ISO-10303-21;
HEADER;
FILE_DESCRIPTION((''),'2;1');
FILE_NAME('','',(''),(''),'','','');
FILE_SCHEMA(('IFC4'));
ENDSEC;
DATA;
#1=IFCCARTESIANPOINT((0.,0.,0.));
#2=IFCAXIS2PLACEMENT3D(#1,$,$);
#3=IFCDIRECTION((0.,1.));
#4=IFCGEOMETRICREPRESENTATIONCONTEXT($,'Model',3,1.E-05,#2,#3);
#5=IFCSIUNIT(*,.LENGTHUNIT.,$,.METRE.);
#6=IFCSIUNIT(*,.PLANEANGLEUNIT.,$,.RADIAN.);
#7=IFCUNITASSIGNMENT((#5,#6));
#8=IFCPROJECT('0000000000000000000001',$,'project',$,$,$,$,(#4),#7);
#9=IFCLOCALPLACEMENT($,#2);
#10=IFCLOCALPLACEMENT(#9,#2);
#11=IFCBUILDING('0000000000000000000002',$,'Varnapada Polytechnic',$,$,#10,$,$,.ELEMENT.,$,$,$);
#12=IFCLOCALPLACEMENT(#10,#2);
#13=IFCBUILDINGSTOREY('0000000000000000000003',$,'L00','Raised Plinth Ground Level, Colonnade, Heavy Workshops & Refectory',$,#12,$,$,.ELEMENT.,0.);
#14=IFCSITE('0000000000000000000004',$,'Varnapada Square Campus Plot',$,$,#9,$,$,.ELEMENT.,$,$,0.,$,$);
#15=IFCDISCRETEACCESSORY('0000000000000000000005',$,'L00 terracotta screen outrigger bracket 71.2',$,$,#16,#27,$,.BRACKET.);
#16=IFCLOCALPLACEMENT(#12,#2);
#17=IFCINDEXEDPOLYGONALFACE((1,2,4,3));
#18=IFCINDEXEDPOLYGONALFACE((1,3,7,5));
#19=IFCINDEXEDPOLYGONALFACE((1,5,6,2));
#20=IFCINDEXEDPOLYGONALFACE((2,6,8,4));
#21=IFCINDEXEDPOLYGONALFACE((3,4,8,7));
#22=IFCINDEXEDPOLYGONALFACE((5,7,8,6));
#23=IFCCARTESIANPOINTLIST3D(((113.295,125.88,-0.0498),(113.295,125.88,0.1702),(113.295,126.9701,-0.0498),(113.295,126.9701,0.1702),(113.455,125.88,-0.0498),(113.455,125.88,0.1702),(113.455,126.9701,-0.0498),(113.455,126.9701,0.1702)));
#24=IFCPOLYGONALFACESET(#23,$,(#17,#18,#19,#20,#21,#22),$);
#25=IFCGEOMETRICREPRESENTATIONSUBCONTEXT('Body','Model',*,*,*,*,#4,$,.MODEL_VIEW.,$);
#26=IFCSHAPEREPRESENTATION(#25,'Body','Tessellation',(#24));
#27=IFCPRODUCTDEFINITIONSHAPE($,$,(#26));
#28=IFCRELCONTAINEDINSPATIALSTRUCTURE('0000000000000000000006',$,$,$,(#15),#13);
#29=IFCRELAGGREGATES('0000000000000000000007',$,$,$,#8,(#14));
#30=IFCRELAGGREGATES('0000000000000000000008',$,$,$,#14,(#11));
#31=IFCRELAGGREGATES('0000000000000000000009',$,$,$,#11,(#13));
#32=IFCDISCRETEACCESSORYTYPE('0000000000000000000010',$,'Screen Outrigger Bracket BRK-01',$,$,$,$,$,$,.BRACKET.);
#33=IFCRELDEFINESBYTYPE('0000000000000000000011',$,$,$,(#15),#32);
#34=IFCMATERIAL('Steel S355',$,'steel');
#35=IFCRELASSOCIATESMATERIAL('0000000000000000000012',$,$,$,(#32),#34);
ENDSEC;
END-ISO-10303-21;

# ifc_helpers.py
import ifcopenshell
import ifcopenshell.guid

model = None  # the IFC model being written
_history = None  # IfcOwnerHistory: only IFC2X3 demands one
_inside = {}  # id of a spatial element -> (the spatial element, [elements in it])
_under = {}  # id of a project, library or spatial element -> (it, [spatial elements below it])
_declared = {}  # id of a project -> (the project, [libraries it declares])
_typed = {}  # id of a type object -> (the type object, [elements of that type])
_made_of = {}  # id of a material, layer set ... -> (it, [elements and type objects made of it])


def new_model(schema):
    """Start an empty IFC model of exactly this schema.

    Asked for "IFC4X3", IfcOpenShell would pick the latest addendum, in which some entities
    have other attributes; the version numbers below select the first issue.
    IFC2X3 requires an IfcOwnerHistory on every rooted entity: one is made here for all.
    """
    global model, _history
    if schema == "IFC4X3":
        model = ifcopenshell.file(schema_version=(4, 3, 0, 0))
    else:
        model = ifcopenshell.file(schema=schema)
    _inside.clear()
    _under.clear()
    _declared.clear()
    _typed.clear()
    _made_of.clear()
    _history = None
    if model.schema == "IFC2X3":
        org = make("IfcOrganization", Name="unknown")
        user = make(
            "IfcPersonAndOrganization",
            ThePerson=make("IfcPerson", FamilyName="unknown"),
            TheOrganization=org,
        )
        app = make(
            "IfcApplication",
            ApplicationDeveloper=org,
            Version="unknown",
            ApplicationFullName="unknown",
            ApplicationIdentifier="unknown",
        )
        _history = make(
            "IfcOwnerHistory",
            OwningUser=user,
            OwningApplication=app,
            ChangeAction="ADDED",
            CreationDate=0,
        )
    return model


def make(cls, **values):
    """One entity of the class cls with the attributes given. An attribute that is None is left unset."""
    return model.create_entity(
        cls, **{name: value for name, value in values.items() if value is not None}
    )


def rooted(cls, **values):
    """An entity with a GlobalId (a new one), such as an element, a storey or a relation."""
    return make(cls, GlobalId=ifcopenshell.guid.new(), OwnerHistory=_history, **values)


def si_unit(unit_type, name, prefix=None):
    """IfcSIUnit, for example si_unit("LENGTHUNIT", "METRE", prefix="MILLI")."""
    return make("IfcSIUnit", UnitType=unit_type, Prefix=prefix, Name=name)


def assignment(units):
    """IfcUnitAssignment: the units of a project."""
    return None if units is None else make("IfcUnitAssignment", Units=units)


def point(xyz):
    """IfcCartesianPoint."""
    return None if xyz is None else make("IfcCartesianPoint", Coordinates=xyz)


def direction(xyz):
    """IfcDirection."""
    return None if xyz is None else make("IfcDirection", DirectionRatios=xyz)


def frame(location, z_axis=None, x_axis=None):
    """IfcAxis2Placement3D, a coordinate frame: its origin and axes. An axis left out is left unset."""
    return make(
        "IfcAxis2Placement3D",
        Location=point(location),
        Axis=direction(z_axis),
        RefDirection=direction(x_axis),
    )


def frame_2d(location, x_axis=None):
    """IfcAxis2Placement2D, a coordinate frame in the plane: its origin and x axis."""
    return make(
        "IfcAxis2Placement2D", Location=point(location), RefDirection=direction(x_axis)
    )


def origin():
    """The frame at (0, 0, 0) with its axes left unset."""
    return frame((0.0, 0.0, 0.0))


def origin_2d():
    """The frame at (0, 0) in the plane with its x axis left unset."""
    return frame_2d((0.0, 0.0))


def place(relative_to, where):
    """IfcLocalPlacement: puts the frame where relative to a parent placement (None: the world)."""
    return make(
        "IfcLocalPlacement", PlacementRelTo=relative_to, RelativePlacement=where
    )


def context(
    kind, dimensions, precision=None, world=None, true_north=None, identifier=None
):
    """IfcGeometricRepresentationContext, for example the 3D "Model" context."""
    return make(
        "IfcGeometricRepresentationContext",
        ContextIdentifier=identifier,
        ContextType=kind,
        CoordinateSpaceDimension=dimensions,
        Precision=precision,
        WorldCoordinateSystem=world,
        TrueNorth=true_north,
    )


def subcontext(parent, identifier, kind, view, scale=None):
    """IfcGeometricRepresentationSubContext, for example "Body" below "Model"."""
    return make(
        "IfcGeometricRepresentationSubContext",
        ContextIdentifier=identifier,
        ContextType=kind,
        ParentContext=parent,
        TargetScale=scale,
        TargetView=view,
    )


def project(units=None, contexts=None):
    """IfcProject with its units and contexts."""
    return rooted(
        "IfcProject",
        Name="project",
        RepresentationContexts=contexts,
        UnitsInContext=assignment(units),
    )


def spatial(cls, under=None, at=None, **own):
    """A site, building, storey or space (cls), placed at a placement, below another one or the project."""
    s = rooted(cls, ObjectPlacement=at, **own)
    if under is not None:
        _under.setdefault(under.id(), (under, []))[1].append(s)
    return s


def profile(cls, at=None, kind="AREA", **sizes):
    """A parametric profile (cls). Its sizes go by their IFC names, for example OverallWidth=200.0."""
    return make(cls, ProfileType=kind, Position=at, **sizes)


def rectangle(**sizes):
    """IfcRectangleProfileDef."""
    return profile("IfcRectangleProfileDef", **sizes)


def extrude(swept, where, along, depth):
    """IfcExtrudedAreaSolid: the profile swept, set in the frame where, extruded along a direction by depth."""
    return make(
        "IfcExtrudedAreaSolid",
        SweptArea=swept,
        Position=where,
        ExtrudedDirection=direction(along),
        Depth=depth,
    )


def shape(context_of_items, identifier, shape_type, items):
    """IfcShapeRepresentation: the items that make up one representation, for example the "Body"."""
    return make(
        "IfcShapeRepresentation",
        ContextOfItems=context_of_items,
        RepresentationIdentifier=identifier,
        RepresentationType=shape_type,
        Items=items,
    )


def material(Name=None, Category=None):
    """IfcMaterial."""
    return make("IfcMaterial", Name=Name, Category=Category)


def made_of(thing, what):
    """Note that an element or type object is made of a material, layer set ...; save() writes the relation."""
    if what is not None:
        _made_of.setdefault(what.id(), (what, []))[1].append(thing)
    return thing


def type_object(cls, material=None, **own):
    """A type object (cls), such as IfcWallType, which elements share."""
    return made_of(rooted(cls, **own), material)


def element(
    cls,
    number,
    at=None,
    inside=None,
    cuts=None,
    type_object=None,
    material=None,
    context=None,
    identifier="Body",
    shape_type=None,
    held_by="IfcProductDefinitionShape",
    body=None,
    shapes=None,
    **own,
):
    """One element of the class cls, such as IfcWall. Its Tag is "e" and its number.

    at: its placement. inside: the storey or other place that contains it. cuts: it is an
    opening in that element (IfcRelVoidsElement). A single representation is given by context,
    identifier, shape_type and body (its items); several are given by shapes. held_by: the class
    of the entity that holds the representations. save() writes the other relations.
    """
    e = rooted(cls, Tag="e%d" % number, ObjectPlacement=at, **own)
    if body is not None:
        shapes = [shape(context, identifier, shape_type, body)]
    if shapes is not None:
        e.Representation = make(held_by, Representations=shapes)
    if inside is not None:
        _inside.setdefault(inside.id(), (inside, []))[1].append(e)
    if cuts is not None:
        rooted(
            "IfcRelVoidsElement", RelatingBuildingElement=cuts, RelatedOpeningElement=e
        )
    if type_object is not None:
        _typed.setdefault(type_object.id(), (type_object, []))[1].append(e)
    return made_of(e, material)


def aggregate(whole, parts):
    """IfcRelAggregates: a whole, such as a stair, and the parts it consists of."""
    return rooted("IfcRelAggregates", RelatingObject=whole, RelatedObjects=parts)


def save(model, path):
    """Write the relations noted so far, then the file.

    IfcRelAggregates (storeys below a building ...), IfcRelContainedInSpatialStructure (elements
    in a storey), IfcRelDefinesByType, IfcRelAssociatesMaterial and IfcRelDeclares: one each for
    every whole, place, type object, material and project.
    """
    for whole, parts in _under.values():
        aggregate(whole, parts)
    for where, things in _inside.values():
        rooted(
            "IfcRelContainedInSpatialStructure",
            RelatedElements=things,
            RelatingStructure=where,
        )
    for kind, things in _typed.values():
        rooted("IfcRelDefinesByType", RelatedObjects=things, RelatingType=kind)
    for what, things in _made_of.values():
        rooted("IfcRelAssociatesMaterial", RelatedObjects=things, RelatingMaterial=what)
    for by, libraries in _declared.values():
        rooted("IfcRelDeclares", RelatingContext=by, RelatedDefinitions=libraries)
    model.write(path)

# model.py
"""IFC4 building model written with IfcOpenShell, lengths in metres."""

from ifc_helpers import new_model, si_unit, direction, frame, origin, origin_2d, place, context, subcontext, project, spatial, rectangle, extrude, material, type_object, element, save


model = new_model("IFC4")

# Units and contexts
model_context = context("Model", 3, precision=1e-05, world=origin(), true_north=direction((0.0, 1.0)))
body_context = subcontext(model_context, "Body", "Model", "MODEL_VIEW")
ifc_project = project(units=[si_unit("LENGTHUNIT", "METRE"), si_unit("PLANEANGLEUNIT", "RADIAN")], contexts=[model_context])

# Site, building, storey
site_placement = place(None, origin())
site = spatial("IfcSite", under=ifc_project, at=site_placement, Name="Varnapada Square Campus Plot", CompositionType="ELEMENT", RefElevation=0.0)
building_placement = place(site_placement, origin())
building = spatial("IfcBuilding", under=site, at=building_placement, Name="Varnapada Polytechnic", CompositionType="ELEMENT")
storey_placement = place(building_placement, origin())
storey = spatial("IfcBuildingStorey", under=building, at=storey_placement, Name="L00", Description="Raised Plinth Ground Level, Colonnade, Heavy Workshops & Refectory", CompositionType="ELEMENT", Elevation=0.0)

# Discrete accessory
ifc_material_1 = material(Name="Steel S355", Category="steel")
discrete_accessory_type = type_object("IfcDiscreteAccessoryType", Name="Screen Outrigger Bracket BRK-01", PredefinedType="BRACKET", material=ifc_material_1)
for number, where, z_axis, x_axis, name in (
    (1, (113.375, 126.425, -0.0498), (0.0, 0.0, 1.0), (1.0, 0.0, 0.0), "L00 terracotta screen outrigger bracket 71.2"),
):
    element("IfcDiscreteAccessory", number, at=place(storey_placement, frame(where, z_axis=z_axis, x_axis=x_axis)), inside=storey, type_object=discrete_accessory_type, Name=name, PredefinedType="BRACKET", context=body_context, shape_type="SweptSolid", body=[
        extrude(rectangle(XDim=0.1599, YDim=1.0901, at=origin_2d()), origin(), (0.0, 0.0, 1.0), 0.22),
    ])

save(model, "model.ifc")
